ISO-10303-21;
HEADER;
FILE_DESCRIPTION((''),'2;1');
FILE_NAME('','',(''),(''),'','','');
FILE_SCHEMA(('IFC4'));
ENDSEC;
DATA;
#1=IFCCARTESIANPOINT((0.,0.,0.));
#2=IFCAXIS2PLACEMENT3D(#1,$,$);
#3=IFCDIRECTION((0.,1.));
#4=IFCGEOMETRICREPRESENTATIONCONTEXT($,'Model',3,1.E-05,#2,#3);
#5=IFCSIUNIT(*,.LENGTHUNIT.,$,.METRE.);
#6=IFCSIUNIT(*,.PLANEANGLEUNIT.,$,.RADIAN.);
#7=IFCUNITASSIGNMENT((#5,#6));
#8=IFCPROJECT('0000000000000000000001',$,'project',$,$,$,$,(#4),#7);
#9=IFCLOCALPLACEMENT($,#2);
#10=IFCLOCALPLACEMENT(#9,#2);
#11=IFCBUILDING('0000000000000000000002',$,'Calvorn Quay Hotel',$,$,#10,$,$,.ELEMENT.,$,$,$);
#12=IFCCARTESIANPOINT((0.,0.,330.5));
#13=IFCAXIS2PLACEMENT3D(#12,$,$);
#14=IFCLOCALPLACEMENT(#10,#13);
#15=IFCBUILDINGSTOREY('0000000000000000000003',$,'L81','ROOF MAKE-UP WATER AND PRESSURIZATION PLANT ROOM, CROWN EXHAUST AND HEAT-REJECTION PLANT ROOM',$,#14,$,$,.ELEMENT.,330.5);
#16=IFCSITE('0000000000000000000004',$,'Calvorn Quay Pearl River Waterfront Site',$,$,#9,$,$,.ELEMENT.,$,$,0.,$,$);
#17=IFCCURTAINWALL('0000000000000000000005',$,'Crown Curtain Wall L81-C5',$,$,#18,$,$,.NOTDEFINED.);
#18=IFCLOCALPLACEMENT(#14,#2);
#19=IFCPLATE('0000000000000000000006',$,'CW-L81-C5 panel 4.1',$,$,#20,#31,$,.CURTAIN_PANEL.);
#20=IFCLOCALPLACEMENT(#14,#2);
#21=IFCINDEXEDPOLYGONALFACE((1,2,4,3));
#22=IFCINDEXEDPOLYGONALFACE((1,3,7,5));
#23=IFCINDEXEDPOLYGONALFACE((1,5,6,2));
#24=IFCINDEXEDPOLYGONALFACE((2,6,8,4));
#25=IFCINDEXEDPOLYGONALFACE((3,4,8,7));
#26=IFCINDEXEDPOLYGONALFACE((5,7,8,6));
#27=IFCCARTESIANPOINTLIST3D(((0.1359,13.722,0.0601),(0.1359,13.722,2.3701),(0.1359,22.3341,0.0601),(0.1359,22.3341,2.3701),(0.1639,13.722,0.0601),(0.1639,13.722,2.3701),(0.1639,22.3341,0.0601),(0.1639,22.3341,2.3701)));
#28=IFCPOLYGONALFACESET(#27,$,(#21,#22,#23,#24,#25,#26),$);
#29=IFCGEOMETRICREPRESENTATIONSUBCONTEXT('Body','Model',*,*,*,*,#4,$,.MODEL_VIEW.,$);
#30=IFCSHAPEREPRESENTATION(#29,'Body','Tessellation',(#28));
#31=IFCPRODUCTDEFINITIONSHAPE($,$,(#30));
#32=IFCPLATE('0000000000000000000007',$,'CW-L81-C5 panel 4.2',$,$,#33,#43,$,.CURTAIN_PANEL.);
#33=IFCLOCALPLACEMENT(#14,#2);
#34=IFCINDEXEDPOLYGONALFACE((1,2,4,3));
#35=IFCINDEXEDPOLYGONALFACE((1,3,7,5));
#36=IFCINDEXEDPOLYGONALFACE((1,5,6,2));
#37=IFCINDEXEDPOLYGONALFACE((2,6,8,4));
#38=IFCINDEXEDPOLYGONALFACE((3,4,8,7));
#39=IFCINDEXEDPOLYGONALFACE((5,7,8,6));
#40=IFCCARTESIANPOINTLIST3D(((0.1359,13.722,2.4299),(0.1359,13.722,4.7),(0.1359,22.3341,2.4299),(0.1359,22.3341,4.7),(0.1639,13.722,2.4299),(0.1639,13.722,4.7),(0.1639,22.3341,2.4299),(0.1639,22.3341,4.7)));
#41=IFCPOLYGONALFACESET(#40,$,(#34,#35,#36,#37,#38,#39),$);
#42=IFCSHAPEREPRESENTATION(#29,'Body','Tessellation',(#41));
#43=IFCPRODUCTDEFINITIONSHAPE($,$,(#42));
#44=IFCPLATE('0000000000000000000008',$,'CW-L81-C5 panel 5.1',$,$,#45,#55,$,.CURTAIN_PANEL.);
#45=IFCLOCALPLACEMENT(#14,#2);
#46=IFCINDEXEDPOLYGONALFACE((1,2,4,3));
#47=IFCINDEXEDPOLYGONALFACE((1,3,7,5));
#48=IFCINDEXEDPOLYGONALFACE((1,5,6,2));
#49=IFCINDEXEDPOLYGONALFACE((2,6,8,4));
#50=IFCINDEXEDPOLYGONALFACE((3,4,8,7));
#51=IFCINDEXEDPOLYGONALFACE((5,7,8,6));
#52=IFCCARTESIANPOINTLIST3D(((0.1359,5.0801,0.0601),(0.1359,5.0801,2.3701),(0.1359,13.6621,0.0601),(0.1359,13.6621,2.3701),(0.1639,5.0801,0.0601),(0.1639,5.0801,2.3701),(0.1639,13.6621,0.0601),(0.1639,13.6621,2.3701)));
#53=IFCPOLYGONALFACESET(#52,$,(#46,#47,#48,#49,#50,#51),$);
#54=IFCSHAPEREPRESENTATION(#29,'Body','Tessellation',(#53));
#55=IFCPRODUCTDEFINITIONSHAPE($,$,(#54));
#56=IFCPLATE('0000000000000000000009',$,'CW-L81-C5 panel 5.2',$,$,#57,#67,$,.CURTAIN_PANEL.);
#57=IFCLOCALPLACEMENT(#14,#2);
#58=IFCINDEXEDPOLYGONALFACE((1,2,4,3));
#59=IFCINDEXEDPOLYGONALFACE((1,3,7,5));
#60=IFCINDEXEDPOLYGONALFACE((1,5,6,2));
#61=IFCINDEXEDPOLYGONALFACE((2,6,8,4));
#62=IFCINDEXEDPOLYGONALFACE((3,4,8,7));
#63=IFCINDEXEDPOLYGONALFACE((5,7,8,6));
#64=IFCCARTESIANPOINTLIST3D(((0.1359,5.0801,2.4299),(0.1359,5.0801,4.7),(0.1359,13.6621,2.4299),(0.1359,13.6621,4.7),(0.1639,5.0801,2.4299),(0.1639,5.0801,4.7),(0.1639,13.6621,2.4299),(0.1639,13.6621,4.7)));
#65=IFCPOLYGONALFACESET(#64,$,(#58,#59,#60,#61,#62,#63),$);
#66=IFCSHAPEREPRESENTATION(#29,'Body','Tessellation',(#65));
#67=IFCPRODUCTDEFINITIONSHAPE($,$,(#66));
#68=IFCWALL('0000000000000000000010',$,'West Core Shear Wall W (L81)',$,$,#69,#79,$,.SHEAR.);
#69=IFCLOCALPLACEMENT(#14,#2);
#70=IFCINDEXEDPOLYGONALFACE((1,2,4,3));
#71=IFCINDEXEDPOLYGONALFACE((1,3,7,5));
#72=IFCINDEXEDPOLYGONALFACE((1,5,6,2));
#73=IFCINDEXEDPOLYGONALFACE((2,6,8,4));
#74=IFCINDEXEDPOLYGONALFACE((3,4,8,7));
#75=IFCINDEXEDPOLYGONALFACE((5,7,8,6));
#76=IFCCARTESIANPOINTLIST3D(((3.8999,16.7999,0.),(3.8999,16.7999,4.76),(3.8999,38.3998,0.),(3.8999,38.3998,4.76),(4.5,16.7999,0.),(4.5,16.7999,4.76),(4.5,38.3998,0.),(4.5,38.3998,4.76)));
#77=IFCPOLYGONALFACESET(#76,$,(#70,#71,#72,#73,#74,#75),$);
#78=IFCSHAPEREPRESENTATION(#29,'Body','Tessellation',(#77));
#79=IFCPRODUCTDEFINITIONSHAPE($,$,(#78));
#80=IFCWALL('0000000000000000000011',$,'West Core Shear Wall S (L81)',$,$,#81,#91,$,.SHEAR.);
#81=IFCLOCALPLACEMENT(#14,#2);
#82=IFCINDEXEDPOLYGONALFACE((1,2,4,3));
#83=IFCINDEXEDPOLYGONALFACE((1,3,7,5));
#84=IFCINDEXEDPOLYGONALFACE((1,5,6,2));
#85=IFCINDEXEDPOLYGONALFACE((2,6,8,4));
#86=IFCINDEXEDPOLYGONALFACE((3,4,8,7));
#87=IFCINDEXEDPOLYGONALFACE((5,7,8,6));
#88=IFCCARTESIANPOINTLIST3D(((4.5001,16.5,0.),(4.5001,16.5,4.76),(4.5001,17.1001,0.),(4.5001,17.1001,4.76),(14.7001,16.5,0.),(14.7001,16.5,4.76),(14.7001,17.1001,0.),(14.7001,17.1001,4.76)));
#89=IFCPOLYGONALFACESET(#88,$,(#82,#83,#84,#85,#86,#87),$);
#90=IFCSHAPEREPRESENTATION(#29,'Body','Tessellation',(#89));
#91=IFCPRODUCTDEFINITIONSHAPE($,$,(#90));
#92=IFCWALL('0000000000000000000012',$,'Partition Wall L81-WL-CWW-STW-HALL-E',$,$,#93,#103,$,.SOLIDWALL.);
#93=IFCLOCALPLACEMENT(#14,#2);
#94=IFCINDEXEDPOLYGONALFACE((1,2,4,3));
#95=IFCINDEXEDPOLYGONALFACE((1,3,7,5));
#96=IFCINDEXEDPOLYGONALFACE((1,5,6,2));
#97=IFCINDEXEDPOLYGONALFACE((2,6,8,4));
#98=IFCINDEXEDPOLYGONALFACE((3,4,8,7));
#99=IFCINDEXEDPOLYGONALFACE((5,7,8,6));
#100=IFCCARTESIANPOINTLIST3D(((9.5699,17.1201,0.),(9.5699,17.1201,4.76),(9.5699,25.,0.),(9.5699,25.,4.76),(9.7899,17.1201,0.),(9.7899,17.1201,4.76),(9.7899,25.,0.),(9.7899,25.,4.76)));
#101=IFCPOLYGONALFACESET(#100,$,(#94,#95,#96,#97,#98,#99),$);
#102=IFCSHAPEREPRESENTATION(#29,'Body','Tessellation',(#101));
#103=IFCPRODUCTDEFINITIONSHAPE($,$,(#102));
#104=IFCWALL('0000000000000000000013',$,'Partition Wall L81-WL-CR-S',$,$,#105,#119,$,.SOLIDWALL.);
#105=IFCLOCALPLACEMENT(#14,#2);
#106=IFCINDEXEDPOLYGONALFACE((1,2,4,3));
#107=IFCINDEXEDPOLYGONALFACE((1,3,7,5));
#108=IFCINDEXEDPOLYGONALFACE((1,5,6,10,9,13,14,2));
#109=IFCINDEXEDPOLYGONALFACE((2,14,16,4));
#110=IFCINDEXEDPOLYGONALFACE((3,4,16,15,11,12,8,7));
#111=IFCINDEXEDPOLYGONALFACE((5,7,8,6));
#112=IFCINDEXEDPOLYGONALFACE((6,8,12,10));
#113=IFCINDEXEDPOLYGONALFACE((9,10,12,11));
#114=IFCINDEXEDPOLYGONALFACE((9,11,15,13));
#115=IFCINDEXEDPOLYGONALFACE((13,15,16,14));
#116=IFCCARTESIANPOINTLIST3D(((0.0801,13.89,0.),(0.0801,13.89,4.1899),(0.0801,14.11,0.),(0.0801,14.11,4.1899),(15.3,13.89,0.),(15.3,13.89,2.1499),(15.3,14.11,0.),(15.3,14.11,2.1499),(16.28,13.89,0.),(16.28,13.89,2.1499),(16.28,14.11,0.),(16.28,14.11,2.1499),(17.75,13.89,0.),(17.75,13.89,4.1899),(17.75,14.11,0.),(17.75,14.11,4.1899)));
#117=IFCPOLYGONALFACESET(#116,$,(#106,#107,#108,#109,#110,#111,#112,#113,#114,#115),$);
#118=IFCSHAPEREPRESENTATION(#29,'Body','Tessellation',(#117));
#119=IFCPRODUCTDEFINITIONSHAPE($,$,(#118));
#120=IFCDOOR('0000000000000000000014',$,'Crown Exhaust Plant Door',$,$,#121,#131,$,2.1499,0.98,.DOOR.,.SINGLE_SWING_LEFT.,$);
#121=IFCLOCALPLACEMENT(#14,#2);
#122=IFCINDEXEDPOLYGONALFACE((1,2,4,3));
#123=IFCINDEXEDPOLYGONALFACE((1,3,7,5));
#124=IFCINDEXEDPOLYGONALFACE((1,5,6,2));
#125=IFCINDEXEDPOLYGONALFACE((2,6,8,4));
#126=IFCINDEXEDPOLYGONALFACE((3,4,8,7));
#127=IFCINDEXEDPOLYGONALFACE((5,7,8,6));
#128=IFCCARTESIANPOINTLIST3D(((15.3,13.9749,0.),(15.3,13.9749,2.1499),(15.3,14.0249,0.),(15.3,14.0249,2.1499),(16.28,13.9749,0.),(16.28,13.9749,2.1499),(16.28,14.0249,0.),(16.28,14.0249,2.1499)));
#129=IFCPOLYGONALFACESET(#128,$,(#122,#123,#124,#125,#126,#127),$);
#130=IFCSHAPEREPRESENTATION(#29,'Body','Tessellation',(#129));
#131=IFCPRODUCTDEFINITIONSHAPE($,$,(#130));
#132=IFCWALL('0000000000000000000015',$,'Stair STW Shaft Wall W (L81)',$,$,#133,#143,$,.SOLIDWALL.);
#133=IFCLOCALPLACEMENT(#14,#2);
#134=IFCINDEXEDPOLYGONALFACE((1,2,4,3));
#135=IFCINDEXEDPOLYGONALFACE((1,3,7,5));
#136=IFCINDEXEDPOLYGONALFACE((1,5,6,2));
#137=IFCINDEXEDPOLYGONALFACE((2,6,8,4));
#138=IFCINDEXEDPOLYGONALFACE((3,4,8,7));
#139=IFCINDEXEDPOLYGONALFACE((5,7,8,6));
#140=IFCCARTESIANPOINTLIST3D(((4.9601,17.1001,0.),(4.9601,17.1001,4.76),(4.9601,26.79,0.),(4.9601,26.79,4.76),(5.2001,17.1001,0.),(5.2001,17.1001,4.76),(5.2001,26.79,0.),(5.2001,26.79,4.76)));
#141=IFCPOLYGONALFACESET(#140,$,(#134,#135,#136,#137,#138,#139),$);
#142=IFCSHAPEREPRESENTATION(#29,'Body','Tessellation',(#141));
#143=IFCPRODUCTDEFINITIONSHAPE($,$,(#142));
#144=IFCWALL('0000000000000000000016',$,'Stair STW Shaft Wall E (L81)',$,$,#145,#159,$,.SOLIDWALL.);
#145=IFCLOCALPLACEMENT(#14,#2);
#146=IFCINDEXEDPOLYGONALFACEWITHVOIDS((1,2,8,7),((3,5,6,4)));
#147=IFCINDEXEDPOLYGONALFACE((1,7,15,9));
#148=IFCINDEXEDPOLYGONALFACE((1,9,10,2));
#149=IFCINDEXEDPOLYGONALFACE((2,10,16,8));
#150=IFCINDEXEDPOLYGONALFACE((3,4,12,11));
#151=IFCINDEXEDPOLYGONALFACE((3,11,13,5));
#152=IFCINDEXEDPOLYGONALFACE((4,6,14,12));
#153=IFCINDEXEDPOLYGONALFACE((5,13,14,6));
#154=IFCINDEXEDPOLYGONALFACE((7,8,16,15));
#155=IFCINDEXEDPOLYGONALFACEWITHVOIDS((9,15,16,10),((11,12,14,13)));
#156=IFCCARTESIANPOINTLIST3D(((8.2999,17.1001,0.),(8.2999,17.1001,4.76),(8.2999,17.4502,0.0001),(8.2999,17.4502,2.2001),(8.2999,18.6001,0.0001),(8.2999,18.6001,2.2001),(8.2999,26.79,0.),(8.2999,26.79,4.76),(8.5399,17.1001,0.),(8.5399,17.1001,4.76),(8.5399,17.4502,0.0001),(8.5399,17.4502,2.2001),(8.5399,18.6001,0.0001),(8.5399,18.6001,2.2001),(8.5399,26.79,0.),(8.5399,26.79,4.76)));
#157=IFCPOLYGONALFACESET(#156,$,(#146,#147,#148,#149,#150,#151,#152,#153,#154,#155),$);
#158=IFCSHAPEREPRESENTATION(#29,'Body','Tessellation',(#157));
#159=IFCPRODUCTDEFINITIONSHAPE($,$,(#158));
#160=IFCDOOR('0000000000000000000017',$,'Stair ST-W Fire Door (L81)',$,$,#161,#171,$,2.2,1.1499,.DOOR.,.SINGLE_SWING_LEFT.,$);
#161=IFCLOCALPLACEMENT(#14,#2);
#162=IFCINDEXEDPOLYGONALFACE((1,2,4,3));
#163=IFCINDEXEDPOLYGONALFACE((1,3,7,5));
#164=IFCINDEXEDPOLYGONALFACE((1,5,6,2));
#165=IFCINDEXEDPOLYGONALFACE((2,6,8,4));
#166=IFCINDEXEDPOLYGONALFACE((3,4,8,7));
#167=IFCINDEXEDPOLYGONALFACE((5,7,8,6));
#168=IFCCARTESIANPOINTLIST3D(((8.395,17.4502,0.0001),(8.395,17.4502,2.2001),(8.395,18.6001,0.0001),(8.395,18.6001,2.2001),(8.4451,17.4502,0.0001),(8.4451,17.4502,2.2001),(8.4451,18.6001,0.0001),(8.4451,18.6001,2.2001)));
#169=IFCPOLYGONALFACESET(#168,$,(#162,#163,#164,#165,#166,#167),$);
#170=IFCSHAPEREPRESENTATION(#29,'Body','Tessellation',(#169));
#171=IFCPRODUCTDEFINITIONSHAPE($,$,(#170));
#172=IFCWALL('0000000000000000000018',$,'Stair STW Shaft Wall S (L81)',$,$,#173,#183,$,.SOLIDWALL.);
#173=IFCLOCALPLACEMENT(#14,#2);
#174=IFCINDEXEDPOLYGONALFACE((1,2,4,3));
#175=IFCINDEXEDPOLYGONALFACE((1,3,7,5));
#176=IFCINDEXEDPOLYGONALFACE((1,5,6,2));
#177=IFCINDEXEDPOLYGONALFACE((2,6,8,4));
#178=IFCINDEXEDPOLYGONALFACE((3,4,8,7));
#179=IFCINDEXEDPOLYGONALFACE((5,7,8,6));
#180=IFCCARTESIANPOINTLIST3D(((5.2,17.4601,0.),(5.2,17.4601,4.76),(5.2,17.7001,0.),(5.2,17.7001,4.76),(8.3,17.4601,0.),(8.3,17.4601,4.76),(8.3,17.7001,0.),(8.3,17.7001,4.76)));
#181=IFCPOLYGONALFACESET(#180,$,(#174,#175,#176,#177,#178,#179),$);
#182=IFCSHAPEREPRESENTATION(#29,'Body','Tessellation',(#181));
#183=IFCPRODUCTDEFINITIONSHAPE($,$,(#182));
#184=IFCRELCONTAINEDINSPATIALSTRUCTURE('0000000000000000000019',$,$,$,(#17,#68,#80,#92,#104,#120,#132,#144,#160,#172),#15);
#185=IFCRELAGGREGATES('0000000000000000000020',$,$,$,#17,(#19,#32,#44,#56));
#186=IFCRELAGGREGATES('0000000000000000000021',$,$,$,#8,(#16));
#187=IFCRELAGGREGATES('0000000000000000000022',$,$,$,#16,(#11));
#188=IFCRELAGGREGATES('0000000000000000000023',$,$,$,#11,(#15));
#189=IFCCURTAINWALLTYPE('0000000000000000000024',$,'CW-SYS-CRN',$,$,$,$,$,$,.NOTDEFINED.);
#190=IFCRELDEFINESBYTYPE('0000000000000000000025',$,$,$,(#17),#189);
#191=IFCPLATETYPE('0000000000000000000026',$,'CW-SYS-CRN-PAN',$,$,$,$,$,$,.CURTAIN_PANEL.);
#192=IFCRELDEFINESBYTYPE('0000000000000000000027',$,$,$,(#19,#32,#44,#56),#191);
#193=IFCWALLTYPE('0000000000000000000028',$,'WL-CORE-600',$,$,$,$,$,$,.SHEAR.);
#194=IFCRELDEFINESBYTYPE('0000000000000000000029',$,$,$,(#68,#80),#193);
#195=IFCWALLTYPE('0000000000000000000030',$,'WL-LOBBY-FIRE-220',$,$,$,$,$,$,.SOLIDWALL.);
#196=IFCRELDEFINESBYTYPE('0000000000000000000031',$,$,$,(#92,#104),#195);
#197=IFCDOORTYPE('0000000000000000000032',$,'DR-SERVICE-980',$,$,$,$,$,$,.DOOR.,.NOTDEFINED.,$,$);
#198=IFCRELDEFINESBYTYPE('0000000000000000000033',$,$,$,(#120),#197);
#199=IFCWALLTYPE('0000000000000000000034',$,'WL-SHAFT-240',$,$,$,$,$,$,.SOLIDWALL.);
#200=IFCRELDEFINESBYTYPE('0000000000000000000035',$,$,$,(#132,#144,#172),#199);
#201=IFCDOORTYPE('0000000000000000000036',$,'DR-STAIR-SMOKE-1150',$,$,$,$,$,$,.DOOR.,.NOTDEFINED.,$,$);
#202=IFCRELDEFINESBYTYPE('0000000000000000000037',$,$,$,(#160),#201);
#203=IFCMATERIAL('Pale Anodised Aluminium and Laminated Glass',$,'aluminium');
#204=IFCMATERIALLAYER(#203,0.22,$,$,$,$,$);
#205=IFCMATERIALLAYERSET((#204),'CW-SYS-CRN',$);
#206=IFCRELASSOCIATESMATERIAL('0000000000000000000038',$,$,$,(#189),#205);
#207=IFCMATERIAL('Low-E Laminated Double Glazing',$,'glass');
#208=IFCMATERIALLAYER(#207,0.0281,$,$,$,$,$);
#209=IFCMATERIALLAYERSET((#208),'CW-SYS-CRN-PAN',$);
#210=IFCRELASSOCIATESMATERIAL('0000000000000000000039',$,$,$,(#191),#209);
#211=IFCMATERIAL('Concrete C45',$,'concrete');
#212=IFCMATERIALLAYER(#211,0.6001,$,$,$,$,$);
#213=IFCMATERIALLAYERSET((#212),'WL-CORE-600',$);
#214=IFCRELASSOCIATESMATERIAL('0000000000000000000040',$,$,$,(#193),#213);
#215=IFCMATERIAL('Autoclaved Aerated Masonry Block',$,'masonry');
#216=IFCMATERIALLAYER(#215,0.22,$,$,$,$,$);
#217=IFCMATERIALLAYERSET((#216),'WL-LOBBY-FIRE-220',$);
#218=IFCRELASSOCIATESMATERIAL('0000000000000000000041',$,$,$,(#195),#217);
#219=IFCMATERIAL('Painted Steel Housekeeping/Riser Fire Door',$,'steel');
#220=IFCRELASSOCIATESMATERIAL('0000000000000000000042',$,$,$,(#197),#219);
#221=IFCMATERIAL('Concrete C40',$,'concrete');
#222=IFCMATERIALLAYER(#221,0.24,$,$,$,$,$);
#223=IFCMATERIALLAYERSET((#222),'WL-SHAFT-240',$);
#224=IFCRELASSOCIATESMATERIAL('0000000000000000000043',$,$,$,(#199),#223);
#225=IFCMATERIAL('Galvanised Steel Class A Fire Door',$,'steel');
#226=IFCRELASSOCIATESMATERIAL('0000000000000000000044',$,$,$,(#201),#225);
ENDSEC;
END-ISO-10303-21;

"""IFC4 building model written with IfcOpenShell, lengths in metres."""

from ifc_helpers import new_model, si_unit, direction, frame, frame_2d, origin, origin_2d, place, context, subcontext, project, spatial, rectangle, extrude, material, layer, layer_set, type_object, element, fill, aggregate, save


model = new_model("IFC4")

# Units and contexts
model_context = context("Model", 3, precision=1e-05, world=origin(), true_north=direction((0.0, 1.0)))
body_context = subcontext(model_context, "Body", "Model", "MODEL_VIEW")
ifc_project = project(units=[si_unit("LENGTHUNIT", "METRE"), si_unit("PLANEANGLEUNIT", "RADIAN")], contexts=[model_context])

# Site, building, storey
site_placement = place(None, origin())
site = spatial("IfcSite", under=ifc_project, at=site_placement, Name="Calvorn Quay Pearl River Waterfront Site", CompositionType="ELEMENT", RefElevation=0.0)
building_placement = place(site_placement, origin())
building = spatial("IfcBuilding", under=site, at=building_placement, Name="Calvorn Quay Hotel", CompositionType="ELEMENT")
storey_placement = place(building_placement, frame((0.0, 0.0, 330.5)))
storey = spatial("IfcBuildingStorey", under=building, at=storey_placement, Name="L81", Description="ROOF MAKE-UP WATER AND PRESSURIZATION PLANT ROOM, CROWN EXHAUST AND HEAT-REJECTION PLANT ROOM", CompositionType="ELEMENT", Elevation=330.5)

# Curtain wall, plates
ifc_material_1 = material(Name="Pale Anodised Aluminium and Laminated Glass", Category="aluminium")
ifc_layer_1 = layer(ifc_material_1, 0.22)
ifc_layer_set_1 = layer_set([ifc_layer_1], Name="CW-SYS-CRN")
curtain_wall_type = type_object("IfcCurtainWallType", Name="CW-SYS-CRN", PredefinedType="NOTDEFINED", material=ifc_layer_set_1)
curtain_wall_placement = place(storey_placement, origin())
curtain_wall = element("IfcCurtainWall", 1, at=curtain_wall_placement, inside=storey, type_object=curtain_wall_type, Name="Crown Curtain Wall L81-C5", PredefinedType="NOTDEFINED")
ifc_material_2 = material(Name="Low-E Laminated Double Glazing", Category="glass")
ifc_layer_2 = layer(ifc_material_2, 0.0281)
ifc_layer_set_2 = layer_set([ifc_layer_2], Name="CW-SYS-CRN-PAN")
plate_type = type_object("IfcPlateType", Name="CW-SYS-CRN-PAN", PredefinedType="CURTAIN_PANEL", material=ifc_layer_set_2)
plate_1_placement = place(storey_placement, frame((0.1499, 18.0281, 0.0601), z_axis=(0.0, 0.0, 1.0), x_axis=(0.0, -1.0, 0.0)))
plate_1 = element("IfcPlate", 2, at=plate_1_placement, type_object=plate_type, Name="CW-L81-C5 panel 4.1", PredefinedType="CURTAIN_PANEL", context=body_context, shape_type="SweptSolid", body=[
    extrude(rectangle(XDim=8.6121, YDim=0.0281, at=origin_2d()), origin(), (0.0, 0.0, 1.0), 2.3101),
])
plate_2_placement = place(storey_placement, frame((0.1499, 18.0281, 2.4299), z_axis=(0.0, 0.0, 1.0), x_axis=(0.0, -1.0, 0.0)))
plate_2 = element("IfcPlate", 3, at=plate_2_placement, type_object=plate_type, Name="CW-L81-C5 panel 4.2", PredefinedType="CURTAIN_PANEL", context=body_context, shape_type="SweptSolid", body=[
    extrude(rectangle(XDim=8.6121, YDim=0.0281, at=origin_2d()), origin(), (0.0, 0.0, 1.0), 2.27),
])
plate_3_placement = place(storey_placement, frame((0.1499, 9.3711, 0.0601), z_axis=(0.0, 0.0, 1.0), x_axis=(0.0, -1.0, 0.0)))
plate_3 = element("IfcPlate", 4, at=plate_3_placement, type_object=plate_type, Name="CW-L81-C5 panel 5.1", PredefinedType="CURTAIN_PANEL", context=body_context, shape_type="SweptSolid", body=[
    extrude(rectangle(XDim=8.582, YDim=0.0281, at=origin_2d()), origin(), (0.0, 0.0, 1.0), 2.3101),
])
plate_4_placement = place(storey_placement, frame((0.1499, 9.3711, 2.4299), z_axis=(0.0, 0.0, 1.0), x_axis=(0.0, -1.0, 0.0)))
plate_4 = element("IfcPlate", 5, at=plate_4_placement, type_object=plate_type, Name="CW-L81-C5 panel 5.2", PredefinedType="CURTAIN_PANEL", context=body_context, shape_type="SweptSolid", body=[
    extrude(rectangle(XDim=8.582, YDim=0.0281, at=origin_2d()), origin(), (0.0, 0.0, 1.0), 2.27),
])
aggregate(curtain_wall, [plate_1, plate_2, plate_3, plate_4])

# Walls
ifc_material_3 = material(Name="Concrete C45", Category="concrete")
ifc_layer_3 = layer(ifc_material_3, 0.6001)
ifc_layer_set_3 = layer_set([ifc_layer_3], Name="WL-CORE-600")
wall_type_1 = type_object("IfcWallType", Name="WL-CORE-600", PredefinedType="SHEAR", material=ifc_layer_set_3)
wall_1_placement = place(storey_placement, frame((4.2, 16.8, 0.0), z_axis=(0.0, 0.0, 1.0), x_axis=(0.0, 1.0, 0.0)))
element("IfcWall", 6, at=wall_1_placement, inside=storey, type_object=wall_type_1, Name="West Core Shear Wall W (L81)", PredefinedType="SHEAR", context=body_context, shape_type="SweptSolid", body=[
    extrude(rectangle(XDim=21.5999, YDim=0.6001, at=frame_2d((10.7998, 0.0))), origin(), (0.0, 0.0, 1.0), 4.76),
])
wall_2_placement = place(storey_placement, frame((4.5, 16.8, 0.0), z_axis=(0.0, 0.0, 1.0), x_axis=(1.0, 0.0, 0.0)))
element("IfcWall", 7, at=wall_2_placement, inside=storey, type_object=wall_type_1, Name="West Core Shear Wall S (L81)", PredefinedType="SHEAR", context=body_context, shape_type="SweptSolid", body=[
    extrude(rectangle(XDim=10.2, YDim=0.6001, at=frame_2d((5.1001, 0.0))), origin(), (0.0, 0.0, 1.0), 4.76),
])
ifc_material_4 = material(Name="Autoclaved Aerated Masonry Block", Category="masonry")
ifc_layer_4 = layer(ifc_material_4, 0.22)
ifc_layer_set_4 = layer_set([ifc_layer_4], Name="WL-LOBBY-FIRE-220")
wall_type_2 = type_object("IfcWallType", Name="WL-LOBBY-FIRE-220", PredefinedType="SOLIDWALL", material=ifc_layer_set_4)
wall_3_placement = place(storey_placement, frame((9.6799, 17.1201, 0.0), z_axis=(0.0, 0.0, 1.0), x_axis=(0.0, 1.0, 0.0)))
element("IfcWall", 8, at=wall_3_placement, inside=storey, type_object=wall_type_2, Name="Partition Wall L81-WL-CWW-STW-HALL-E", PredefinedType="SOLIDWALL", context=body_context, shape_type="SweptSolid", body=[
    extrude(rectangle(XDim=7.8799, YDim=0.22, at=frame_2d((3.9399, 0.0))), origin(), (0.0, 0.0, 1.0), 4.76),
])

# Wall, opening, door
wall_4_placement = place(storey_placement, frame((0.0801, 14.0, 0.0), z_axis=(0.0, 0.0, 1.0), x_axis=(1.0, 0.0, 0.0)))
wall_4 = element("IfcWall", 9, at=wall_4_placement, inside=storey, type_object=wall_type_2, Name="Partition Wall L81-WL-CR-S", PredefinedType="SOLIDWALL", context=body_context, shape_type="SweptSolid", body=[
    extrude(rectangle(XDim=17.6699, YDim=0.22, at=frame_2d((8.835, 0.0))), origin(), (0.0, 0.0, 1.0), 4.1899),
])
opening_1_placement = place(wall_4_placement, frame((15.22, 0.0, 0.0)))
opening_1 = element("IfcOpeningElement", 10, at=opening_1_placement, cuts=wall_4, PredefinedType="OPENING", context=body_context, shape_type="SweptSolid", body=[
    extrude(rectangle(XDim=0.98, YDim=2.1499, at=frame_2d((0.49, 1.075))), frame((0.0, 0.1199, 0.0), z_axis=(0.0, -1.0, 0.0), x_axis=(1.0, 0.0, 0.0)), (0.0, 0.0, 1.0), 0.24),
])
ifc_material_5 = material(Name="Painted Steel Housekeeping/Riser Fire Door", Category="steel")
door_type_1 = type_object("IfcDoorType", Name="DR-SERVICE-980", OperationType="NOTDEFINED", PredefinedType="DOOR", material=ifc_material_5)
door_1_placement = place(opening_1_placement, origin())
door_1 = element("IfcDoor", 11, at=door_1_placement, inside=storey, type_object=door_type_1, Name="Crown Exhaust Plant Door", OperationType="SINGLE_SWING_LEFT", OverallHeight=2.1499, OverallWidth=0.98, PredefinedType="DOOR", context=body_context, shape_type="SweptSolid", body=[
    extrude(rectangle(XDim=0.98, YDim=2.1499, at=frame_2d((0.49, 1.075))), frame((0.0, 0.0249, 0.0), z_axis=(0.0, -1.0, 0.0), x_axis=(1.0, 0.0, 0.0)), (0.0, 0.0, 1.0), 0.05),
])
fill(opening_1, door_1)

# Wall
ifc_material_6 = material(Name="Concrete C40", Category="concrete")
ifc_layer_5 = layer(ifc_material_6, 0.24)
ifc_layer_set_5 = layer_set([ifc_layer_5], Name="WL-SHAFT-240")
wall_type_3 = type_object("IfcWallType", Name="WL-SHAFT-240", PredefinedType="SOLIDWALL", material=ifc_layer_set_5)
wall_5_placement = place(storey_placement, frame((5.0801, 17.1001, 0.0), z_axis=(0.0, 0.0, 1.0), x_axis=(0.0, 1.0, 0.0)))
element("IfcWall", 12, at=wall_5_placement, inside=storey, type_object=wall_type_3, Name="Stair STW Shaft Wall W (L81)", PredefinedType="SOLIDWALL", context=body_context, shape_type="SweptSolid", body=[
    extrude(rectangle(XDim=9.6899, YDim=0.24, at=frame_2d((4.845, 0.0))), origin(), (0.0, 0.0, 1.0), 4.76),
])

# Wall, opening, door
wall_6_placement = place(storey_placement, frame((8.4199, 17.1001, 0.0), z_axis=(0.0, 0.0, 1.0), x_axis=(0.0, 1.0, 0.0)))
wall_6 = element("IfcWall", 13, at=wall_6_placement, inside=storey, type_object=wall_type_3, Name="Stair STW Shaft Wall E (L81)", PredefinedType="SOLIDWALL", context=body_context, shape_type="SweptSolid", body=[
    extrude(rectangle(XDim=9.6899, YDim=0.24, at=frame_2d((4.845, 0.0))), origin(), (0.0, 0.0, 1.0), 4.76),
])
opening_2_placement = place(wall_6_placement, frame((0.3501, 0.0, 0.0)))
opening_2 = element("IfcOpeningElement", 14, at=opening_2_placement, cuts=wall_6, PredefinedType="OPENING", context=body_context, shape_type="SweptSolid", body=[
    extrude(rectangle(XDim=1.1499, YDim=2.2, at=frame_2d((0.575, 1.1001))), frame((0.0, 0.1299, 0.0), z_axis=(0.0, -1.0, 0.0), x_axis=(1.0, 0.0, 0.0)), (0.0, 0.0, 1.0), 0.26),
])
ifc_material_7 = material(Name="Galvanised Steel Class A Fire Door", Category="steel")
door_type_2 = type_object("IfcDoorType", Name="DR-STAIR-SMOKE-1150", OperationType="NOTDEFINED", PredefinedType="DOOR", material=ifc_material_7)
door_2_placement = place(opening_2_placement, origin())
door_2 = element("IfcDoor", 15, at=door_2_placement, inside=storey, type_object=door_type_2, Name="Stair ST-W Fire Door (L81)", OperationType="SINGLE_SWING_LEFT", OverallHeight=2.2, OverallWidth=1.1499, PredefinedType="DOOR", context=body_context, shape_type="SweptSolid", body=[
    extrude(rectangle(XDim=1.1499, YDim=2.2, at=frame_2d((0.575, 1.1001))), frame((0.0, 0.0249, 0.0), z_axis=(0.0, -1.0, 0.0), x_axis=(1.0, 0.0, 0.0)), (0.0, 0.0, 1.0), 0.05),
])
fill(opening_2, door_2)

# Wall
wall_7_placement = place(storey_placement, frame((5.2, 17.5801, 0.0), z_axis=(0.0, 0.0, 1.0), x_axis=(1.0, 0.0, 0.0)))
element("IfcWall", 16, at=wall_7_placement, inside=storey, type_object=wall_type_3, Name="Stair STW Shaft Wall S (L81)", PredefinedType="SOLIDWALL", context=body_context, shape_type="SweptSolid", body=[
    extrude(rectangle(XDim=3.1001, YDim=0.24, at=frame_2d((1.55, 0.0))), origin(), (0.0, 0.0, 1.0), 4.76),
])

save(model, "model.ifc")
